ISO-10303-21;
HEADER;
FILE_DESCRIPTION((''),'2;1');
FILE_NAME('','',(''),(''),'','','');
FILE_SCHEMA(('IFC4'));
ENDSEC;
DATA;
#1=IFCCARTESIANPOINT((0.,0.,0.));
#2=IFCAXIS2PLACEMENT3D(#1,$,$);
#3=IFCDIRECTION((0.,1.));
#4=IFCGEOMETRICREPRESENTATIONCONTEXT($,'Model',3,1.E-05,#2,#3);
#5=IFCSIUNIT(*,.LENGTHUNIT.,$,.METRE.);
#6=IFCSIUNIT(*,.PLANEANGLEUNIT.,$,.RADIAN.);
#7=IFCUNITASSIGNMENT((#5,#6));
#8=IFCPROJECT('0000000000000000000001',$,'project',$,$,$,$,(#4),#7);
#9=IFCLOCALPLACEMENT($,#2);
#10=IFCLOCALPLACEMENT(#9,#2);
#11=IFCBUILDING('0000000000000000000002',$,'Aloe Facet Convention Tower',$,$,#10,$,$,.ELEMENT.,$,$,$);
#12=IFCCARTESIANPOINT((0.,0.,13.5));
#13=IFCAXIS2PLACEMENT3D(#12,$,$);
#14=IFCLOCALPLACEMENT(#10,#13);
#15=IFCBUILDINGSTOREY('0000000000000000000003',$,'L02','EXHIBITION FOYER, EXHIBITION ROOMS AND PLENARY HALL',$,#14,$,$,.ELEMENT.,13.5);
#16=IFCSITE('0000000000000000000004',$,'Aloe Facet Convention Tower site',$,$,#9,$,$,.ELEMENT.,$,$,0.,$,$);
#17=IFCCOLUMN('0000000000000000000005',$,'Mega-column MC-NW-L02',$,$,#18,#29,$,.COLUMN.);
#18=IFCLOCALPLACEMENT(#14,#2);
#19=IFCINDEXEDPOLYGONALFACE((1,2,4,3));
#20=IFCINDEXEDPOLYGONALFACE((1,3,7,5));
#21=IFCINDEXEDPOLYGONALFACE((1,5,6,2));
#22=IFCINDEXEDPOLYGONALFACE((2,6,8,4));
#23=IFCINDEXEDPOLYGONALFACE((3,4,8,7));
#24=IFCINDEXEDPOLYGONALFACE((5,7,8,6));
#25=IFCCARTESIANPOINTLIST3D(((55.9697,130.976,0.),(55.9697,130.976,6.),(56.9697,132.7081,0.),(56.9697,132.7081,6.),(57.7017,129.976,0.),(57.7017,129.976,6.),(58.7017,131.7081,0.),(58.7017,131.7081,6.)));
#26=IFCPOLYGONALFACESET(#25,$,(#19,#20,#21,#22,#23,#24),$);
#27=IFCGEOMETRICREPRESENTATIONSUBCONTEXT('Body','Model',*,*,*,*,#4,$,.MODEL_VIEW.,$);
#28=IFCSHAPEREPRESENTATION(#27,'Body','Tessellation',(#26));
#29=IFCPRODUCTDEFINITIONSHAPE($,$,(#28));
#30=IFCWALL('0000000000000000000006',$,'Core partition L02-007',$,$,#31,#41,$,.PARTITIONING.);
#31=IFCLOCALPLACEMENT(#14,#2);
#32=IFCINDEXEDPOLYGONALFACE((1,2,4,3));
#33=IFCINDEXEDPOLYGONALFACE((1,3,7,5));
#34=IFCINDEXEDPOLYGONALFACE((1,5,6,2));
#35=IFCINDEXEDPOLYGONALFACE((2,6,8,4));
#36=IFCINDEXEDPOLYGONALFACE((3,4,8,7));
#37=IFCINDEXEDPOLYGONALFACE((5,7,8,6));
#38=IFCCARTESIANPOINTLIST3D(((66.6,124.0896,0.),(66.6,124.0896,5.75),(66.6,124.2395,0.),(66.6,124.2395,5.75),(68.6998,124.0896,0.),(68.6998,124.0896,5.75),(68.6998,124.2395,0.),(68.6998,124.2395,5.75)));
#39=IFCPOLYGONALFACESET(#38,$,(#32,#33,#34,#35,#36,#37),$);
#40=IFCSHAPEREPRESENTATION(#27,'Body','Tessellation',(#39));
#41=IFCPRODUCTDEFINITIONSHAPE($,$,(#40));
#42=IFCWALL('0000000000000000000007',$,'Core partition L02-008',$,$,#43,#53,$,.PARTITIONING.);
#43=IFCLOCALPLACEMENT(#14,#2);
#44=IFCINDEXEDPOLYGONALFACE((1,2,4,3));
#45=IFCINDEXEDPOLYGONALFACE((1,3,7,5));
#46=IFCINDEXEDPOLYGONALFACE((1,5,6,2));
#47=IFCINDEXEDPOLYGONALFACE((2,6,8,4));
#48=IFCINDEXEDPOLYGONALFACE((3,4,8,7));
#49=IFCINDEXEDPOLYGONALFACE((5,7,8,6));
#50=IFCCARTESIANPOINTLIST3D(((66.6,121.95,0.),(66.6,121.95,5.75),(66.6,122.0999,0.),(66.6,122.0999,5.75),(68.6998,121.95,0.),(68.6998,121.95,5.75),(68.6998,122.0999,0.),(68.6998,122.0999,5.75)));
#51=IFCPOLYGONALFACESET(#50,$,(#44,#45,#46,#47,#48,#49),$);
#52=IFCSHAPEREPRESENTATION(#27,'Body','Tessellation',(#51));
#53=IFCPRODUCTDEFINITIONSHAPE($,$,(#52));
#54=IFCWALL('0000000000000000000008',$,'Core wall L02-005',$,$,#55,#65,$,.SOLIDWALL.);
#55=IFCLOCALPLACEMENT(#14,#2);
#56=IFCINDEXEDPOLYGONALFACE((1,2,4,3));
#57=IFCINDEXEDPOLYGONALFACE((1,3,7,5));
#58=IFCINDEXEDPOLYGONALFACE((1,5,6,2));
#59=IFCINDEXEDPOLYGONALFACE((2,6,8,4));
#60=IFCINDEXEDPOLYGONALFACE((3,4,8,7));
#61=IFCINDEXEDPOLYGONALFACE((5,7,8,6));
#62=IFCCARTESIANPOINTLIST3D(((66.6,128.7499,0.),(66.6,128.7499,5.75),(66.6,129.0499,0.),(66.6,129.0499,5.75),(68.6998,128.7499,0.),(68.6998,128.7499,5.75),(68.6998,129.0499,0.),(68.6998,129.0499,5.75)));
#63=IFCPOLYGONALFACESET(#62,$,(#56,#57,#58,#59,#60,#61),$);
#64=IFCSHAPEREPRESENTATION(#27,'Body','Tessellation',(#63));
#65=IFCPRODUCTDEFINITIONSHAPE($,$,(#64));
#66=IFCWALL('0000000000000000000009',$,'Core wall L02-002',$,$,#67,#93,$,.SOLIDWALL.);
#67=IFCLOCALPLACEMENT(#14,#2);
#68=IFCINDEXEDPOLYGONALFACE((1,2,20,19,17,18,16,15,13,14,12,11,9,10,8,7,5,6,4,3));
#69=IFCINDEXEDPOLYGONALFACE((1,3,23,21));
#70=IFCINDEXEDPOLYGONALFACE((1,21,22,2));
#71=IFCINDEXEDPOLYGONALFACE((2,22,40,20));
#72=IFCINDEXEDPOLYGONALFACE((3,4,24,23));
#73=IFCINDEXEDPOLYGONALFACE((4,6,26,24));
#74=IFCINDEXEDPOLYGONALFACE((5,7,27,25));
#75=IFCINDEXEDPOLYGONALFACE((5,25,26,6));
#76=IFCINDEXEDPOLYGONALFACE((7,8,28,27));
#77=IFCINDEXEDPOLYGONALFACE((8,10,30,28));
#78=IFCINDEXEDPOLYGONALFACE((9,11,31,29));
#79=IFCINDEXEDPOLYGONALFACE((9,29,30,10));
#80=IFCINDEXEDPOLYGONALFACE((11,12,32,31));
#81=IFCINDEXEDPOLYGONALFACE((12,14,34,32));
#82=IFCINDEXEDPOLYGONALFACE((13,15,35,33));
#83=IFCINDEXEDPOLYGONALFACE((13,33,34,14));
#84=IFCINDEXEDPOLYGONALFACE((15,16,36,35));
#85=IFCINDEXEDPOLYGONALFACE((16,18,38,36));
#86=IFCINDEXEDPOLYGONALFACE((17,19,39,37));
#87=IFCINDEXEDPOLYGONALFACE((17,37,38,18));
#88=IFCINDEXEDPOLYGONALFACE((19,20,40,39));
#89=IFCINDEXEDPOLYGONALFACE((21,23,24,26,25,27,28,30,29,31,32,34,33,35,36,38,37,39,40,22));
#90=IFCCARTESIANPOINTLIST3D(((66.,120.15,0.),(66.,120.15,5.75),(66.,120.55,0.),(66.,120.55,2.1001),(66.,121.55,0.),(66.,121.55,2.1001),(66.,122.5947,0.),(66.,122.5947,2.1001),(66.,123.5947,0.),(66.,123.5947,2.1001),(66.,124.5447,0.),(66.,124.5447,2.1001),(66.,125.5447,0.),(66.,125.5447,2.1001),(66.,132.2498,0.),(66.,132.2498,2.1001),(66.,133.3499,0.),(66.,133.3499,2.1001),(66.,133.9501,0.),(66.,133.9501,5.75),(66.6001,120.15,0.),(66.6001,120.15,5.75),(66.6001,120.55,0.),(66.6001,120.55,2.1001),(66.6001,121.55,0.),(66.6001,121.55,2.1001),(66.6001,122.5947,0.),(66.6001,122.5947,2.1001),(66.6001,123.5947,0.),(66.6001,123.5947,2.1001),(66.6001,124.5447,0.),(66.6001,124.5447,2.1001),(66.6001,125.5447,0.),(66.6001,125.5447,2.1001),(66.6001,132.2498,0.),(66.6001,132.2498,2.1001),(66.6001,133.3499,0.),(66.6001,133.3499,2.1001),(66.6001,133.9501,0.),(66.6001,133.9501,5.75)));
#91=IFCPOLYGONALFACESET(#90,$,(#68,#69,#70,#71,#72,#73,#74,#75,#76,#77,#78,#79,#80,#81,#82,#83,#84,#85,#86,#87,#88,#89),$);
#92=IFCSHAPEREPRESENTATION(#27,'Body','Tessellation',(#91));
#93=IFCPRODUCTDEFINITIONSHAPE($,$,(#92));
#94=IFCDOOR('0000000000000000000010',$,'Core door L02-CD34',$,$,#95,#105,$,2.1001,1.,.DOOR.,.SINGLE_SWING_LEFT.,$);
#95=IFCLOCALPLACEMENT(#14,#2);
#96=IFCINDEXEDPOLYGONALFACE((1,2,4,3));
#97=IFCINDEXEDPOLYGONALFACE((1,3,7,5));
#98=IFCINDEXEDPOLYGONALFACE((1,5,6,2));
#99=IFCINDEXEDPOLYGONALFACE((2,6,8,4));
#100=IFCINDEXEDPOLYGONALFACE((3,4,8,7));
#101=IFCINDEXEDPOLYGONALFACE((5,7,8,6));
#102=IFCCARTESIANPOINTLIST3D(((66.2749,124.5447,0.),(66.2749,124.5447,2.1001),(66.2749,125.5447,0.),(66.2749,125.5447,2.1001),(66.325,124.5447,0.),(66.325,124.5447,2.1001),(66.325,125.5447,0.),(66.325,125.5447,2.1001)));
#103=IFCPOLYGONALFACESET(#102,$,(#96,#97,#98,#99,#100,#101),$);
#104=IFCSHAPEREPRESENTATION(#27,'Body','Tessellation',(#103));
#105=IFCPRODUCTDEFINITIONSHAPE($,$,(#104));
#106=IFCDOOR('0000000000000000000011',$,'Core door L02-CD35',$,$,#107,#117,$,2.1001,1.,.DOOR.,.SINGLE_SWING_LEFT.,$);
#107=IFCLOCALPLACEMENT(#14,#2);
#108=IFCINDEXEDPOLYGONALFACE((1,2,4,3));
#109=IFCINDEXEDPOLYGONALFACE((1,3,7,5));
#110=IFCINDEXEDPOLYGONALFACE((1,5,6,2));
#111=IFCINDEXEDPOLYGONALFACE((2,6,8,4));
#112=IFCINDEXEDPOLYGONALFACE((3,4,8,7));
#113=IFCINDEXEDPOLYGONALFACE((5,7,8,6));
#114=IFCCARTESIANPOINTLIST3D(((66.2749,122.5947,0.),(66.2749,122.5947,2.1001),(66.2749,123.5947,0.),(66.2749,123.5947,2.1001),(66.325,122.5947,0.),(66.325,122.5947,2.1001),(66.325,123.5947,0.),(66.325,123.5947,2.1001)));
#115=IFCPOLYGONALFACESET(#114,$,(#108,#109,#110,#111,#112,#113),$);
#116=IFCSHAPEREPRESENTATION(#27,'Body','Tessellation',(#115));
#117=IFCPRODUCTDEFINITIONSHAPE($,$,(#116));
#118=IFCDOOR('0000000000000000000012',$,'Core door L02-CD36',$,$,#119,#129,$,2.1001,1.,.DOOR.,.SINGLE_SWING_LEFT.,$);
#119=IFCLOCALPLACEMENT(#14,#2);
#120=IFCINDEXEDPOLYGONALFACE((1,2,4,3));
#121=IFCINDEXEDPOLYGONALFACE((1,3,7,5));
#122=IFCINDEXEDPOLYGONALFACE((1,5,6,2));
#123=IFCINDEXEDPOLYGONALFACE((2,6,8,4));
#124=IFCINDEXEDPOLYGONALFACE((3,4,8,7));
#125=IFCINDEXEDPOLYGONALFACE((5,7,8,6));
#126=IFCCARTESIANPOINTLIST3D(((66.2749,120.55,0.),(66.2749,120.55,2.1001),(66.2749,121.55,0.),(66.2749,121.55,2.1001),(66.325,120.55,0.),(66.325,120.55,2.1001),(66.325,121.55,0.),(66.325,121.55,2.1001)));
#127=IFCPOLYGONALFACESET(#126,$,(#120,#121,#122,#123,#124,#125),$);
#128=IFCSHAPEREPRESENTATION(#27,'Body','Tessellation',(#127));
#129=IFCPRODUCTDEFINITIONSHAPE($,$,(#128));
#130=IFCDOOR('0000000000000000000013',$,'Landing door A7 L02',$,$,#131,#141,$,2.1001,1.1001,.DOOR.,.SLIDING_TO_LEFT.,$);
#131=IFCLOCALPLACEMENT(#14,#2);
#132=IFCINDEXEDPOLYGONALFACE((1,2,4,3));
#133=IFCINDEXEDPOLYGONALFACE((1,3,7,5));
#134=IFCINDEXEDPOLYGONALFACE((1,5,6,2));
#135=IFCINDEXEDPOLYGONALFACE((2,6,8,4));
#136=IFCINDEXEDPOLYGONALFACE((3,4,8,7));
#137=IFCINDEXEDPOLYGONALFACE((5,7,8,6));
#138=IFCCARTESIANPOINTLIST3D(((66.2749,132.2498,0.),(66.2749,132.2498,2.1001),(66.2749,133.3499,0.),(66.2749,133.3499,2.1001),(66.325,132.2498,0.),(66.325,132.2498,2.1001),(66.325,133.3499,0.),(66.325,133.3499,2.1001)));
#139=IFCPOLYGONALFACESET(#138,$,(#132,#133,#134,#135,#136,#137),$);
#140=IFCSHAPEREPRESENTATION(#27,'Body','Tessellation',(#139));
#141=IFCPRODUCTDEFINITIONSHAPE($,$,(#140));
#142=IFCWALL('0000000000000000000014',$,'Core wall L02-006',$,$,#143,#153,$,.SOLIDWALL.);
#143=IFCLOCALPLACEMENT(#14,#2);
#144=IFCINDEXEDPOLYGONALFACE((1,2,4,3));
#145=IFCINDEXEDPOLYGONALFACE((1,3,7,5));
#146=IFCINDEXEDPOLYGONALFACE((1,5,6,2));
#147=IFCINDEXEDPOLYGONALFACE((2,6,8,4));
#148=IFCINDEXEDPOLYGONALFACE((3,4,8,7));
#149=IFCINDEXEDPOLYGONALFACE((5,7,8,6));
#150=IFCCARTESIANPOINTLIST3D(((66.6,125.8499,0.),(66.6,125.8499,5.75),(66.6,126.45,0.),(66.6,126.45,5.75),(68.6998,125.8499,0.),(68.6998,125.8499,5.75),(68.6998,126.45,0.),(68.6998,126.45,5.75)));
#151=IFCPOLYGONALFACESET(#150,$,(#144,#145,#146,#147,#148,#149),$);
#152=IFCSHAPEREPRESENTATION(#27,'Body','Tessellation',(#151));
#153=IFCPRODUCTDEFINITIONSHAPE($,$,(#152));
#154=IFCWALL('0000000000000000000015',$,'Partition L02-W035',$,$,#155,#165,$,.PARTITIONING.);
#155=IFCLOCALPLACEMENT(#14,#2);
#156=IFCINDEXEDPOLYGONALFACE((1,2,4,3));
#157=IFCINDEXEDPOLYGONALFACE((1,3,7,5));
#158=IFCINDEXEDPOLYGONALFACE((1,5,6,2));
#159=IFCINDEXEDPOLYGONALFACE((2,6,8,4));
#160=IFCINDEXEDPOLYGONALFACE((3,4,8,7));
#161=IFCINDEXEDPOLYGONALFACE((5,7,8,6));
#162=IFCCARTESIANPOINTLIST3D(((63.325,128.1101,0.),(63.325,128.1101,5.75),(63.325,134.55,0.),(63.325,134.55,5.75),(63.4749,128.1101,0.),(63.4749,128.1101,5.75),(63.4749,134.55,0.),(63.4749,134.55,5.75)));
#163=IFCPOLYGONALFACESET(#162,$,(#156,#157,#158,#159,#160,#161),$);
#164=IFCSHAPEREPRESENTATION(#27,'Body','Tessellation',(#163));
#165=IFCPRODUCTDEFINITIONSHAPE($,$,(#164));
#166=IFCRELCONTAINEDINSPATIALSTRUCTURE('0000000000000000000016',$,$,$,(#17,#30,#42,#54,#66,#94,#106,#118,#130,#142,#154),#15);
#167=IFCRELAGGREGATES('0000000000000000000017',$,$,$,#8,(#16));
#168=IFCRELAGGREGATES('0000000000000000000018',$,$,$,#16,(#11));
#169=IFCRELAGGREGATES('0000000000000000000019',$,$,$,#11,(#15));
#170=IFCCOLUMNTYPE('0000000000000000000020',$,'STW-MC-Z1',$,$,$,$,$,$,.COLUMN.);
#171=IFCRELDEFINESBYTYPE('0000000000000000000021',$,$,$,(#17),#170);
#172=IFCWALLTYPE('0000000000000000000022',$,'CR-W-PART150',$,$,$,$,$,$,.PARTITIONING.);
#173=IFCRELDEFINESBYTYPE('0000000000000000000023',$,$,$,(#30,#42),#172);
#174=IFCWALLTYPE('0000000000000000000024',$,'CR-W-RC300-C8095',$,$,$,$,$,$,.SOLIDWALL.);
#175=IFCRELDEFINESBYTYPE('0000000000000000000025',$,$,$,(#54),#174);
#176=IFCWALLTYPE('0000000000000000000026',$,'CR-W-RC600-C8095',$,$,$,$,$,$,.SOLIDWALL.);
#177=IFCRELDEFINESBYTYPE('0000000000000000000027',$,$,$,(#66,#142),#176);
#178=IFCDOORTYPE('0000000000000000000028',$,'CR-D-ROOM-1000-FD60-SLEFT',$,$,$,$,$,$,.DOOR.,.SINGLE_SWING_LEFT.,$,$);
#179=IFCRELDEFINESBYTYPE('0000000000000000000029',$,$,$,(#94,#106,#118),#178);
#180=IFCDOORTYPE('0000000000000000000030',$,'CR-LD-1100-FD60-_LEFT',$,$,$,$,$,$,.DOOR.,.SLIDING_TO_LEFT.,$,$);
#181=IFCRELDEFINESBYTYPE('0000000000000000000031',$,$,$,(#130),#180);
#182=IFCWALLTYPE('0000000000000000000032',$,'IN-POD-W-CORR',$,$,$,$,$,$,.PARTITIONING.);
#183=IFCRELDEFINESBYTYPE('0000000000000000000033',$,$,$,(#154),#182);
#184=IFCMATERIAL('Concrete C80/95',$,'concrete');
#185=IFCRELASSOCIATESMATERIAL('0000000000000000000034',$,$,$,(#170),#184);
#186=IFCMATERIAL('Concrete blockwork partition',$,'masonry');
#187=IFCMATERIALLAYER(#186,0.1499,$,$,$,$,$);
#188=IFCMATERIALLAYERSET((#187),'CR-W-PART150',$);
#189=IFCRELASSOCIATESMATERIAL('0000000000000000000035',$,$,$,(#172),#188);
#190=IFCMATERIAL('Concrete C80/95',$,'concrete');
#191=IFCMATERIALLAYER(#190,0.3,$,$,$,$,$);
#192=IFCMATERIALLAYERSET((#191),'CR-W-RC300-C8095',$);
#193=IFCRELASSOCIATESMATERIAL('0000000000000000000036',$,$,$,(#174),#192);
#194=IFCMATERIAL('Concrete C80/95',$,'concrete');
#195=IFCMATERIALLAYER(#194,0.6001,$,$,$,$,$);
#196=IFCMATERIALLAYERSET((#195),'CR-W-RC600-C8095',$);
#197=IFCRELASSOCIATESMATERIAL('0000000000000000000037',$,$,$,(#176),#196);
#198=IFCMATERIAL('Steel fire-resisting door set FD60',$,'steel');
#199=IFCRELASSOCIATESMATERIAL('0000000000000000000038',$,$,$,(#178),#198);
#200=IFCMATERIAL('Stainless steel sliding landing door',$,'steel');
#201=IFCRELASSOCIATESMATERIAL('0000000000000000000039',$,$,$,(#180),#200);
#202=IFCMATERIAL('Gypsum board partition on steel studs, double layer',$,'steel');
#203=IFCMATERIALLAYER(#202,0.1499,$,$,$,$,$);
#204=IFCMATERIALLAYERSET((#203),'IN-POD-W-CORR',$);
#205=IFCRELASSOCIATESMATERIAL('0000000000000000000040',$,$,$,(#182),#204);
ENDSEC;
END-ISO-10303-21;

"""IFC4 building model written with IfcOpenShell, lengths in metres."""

from ifc_helpers import new_model, si_unit, direction, frame, frame_2d, origin, origin_2d, place, context, subcontext, project, spatial, rectangle, extrude, material, layer, layer_set, material_profile, profile_set, type_object, element, fill, save


model = new_model("IFC4")

# Units and contexts
model_context = context("Model", 3, precision=1e-05, world=origin(), true_north=direction((0.0, 1.0)))
body_context = subcontext(model_context, "Body", "Model", "MODEL_VIEW")
ifc_project = project(units=[si_unit("LENGTHUNIT", "METRE"), si_unit("PLANEANGLEUNIT", "RADIAN")], contexts=[model_context])

# Site, building, storey
site_placement = place(None, origin())
site = spatial("IfcSite", under=ifc_project, at=site_placement, Name="Aloe Facet Convention Tower site", CompositionType="ELEMENT", RefElevation=0.0)
building_placement = place(site_placement, origin())
building = spatial("IfcBuilding", under=site, at=building_placement, Name="Aloe Facet Convention Tower", CompositionType="ELEMENT")
storey_placement = place(building_placement, frame((0.0, 0.0, 13.5)))
storey = spatial("IfcBuildingStorey", under=building, at=storey_placement, Name="L02", Description="EXHIBITION FOYER, EXHIBITION ROOMS AND PLENARY HALL", CompositionType="ELEMENT", Elevation=13.5)

# Column
ifc_material_1 = material(Name="Concrete C80/95", Category="concrete")
ifc_material_profile = material_profile(ifc_material_1, rectangle(XDim=2.0, YDim=2.0, at=origin_2d()), Name="STW-MC-Z1")
ifc_profile_set = profile_set([ifc_material_profile], Name="Concrete C80/95")
column_type = type_object("IfcColumnType", Name="STW-MC-Z1", PredefinedType="COLUMN", material=ifc_profile_set)
column_placement = place(storey_placement, frame((57.3357, 131.342, 0.0), z_axis=(0.0, 0.0, 1.0), x_axis=(-0.5, -0.866025, 0.0)))
element("IfcColumn", 1, at=column_placement, inside=storey, type_object=column_type, Name="Mega-column MC-NW-L02", PredefinedType="COLUMN", context=body_context, shape_type="SweptSolid", body=[
    extrude(rectangle(XDim=2.0, YDim=2.0, at=origin_2d()), origin(), (0.0, 0.0, 1.0), 6.0),
])

# Walls
ifc_material_2 = material(Name="Concrete blockwork partition", Category="masonry")
ifc_layer_1 = layer(ifc_material_2, 0.1499)
ifc_layer_set_1 = layer_set([ifc_layer_1], Name="CR-W-PART150")
wall_type_1 = type_object("IfcWallType", Name="CR-W-PART150", PredefinedType="PARTITIONING", material=ifc_layer_set_1)
for number, where, z_axis, x_axis, name in (
    (2, (66.6001, 124.1646, 0.0), (0.0, 0.0, 1.0), (1.0, 0.0, 0.0), "Core partition L02-007"),
    (3, (66.6001, 122.0249, 0.0), (0.0, 0.0, 1.0), (1.0, 0.0, 0.0), "Core partition L02-008"),
):
    element("IfcWall", number, at=place(storey_placement, frame(where, z_axis=z_axis, x_axis=x_axis)), inside=storey, type_object=wall_type_1, Name=name, PredefinedType="PARTITIONING", context=body_context, shape_type="SweptSolid", body=[
        extrude(rectangle(XDim=2.0999, YDim=0.1499, at=frame_2d((1.0498, 0.0))), origin(), (0.0, 0.0, 1.0), 5.75),
    ])
ifc_material_3 = material(Name="Concrete C80/95", Category="concrete")
ifc_layer_2 = layer(ifc_material_3, 0.3)
ifc_layer_set_2 = layer_set([ifc_layer_2], Name="CR-W-RC300-C8095")
wall_type_2 = type_object("IfcWallType", Name="CR-W-RC300-C8095", PredefinedType="SOLIDWALL", material=ifc_layer_set_2)
wall_1_placement = place(storey_placement, frame((66.6001, 128.8999, 0.0), z_axis=(0.0, 0.0, 1.0), x_axis=(1.0, 0.0, 0.0)))
element("IfcWall", 4, at=wall_1_placement, inside=storey, type_object=wall_type_2, Name="Core wall L02-005", PredefinedType="SOLIDWALL", context=body_context, shape_type="SweptSolid", body=[
    extrude(rectangle(XDim=2.0999, YDim=0.3, at=frame_2d((1.0498, 0.0))), origin(), (0.0, 0.0, 1.0), 5.75),
])

# Wall, openings, doors
ifc_material_4 = material(Name="Concrete C80/95", Category="concrete")
ifc_layer_3 = layer(ifc_material_4, 0.6001)
ifc_layer_set_3 = layer_set([ifc_layer_3], Name="CR-W-RC600-C8095")
wall_type_3 = type_object("IfcWallType", Name="CR-W-RC600-C8095", PredefinedType="SOLIDWALL", material=ifc_layer_set_3)
wall_2_placement = place(storey_placement, frame((66.3, 133.95, 0.0), z_axis=(0.0, 0.0, 1.0), x_axis=(0.0, -1.0, 0.0)))
wall_2 = element("IfcWall", 5, at=wall_2_placement, inside=storey, type_object=wall_type_3, Name="Core wall L02-002", PredefinedType="SOLIDWALL", context=body_context, shape_type="SweptSolid", body=[
    extrude(rectangle(XDim=13.8, YDim=0.6001, at=frame_2d((6.8999, 0.0))), origin(), (0.0, 0.0, 1.0), 5.75),
])
opening_1_placement = place(wall_2_placement, frame((0.6001, 0.0, 0.0)))
opening_1 = element("IfcOpeningElement", 6, at=opening_1_placement, cuts=wall_2, PredefinedType="OPENING", context=body_context, shape_type="SweptSolid", body=[
    extrude(rectangle(XDim=1.1001, YDim=2.1001, at=frame_2d((0.55, 1.05))), frame((0.0, 0.3101, 0.0), z_axis=(0.0, -1.0, 0.0), x_axis=(1.0, 0.0, 0.0)), (0.0, 0.0, 1.0), 0.6201),
])
opening_2_placement = place(wall_2_placement, frame((8.4053, 0.0, 0.0)))
opening_2 = element("IfcOpeningElement", 7, at=opening_2_placement, cuts=wall_2, PredefinedType="OPENING", context=body_context, shape_type="SweptSolid", body=[
    extrude(rectangle(XDim=1.0, YDim=2.1001, at=frame_2d((0.5, 1.05))), frame((0.0, 0.3101, 0.0), z_axis=(0.0, -1.0, 0.0), x_axis=(1.0, 0.0, 0.0)), (0.0, 0.0, 1.0), 0.6201),
])
opening_3_placement = place(wall_2_placement, frame((10.3552, 0.0, 0.0)))
opening_3 = element("IfcOpeningElement", 8, at=opening_3_placement, cuts=wall_2, PredefinedType="OPENING", context=body_context, shape_type="SweptSolid", body=[
    extrude(rectangle(XDim=1.0, YDim=2.1001, at=frame_2d((0.5, 1.05))), frame((0.0, 0.3101, 0.0), z_axis=(0.0, -1.0, 0.0), x_axis=(1.0, 0.0, 0.0)), (0.0, 0.0, 1.0), 0.6201),
])
opening_4_placement = place(wall_2_placement, frame((12.3999, 0.0, 0.0)))
opening_4 = element("IfcOpeningElement", 9, at=opening_4_placement, cuts=wall_2, PredefinedType="OPENING", context=body_context, shape_type="SweptSolid", body=[
    extrude(rectangle(XDim=1.0, YDim=2.1001, at=frame_2d((0.5, 1.05))), frame((0.0, 0.3101, 0.0), z_axis=(0.0, -1.0, 0.0), x_axis=(1.0, 0.0, 0.0)), (0.0, 0.0, 1.0), 0.6201),
])
ifc_material_5 = material(Name="Steel fire-resisting door set FD60", Category="steel")
door_type_1 = type_object("IfcDoorType", Name="CR-D-ROOM-1000-FD60-SLEFT", OperationType="SINGLE_SWING_LEFT", PredefinedType="DOOR", material=ifc_material_5)
door_1_placement = place(opening_2_placement, origin())
door_1 = element("IfcDoor", 10, at=door_1_placement, inside=storey, type_object=door_type_1, Name="Core door L02-CD34", OperationType="SINGLE_SWING_LEFT", OverallHeight=2.1001, OverallWidth=1.0, PredefinedType="DOOR", context=body_context, shape_type="SweptSolid", body=[
    extrude(rectangle(XDim=1.0, YDim=2.1001, at=frame_2d((0.5, 1.05))), frame((0.0, 0.0249, 0.0), z_axis=(0.0, -1.0, 0.0), x_axis=(1.0, 0.0, 0.0)), (0.0, 0.0, 1.0), 0.05),
])
fill(opening_2, door_1)
door_2_placement = place(opening_3_placement, origin())
door_2 = element("IfcDoor", 11, at=door_2_placement, inside=storey, type_object=door_type_1, Name="Core door L02-CD35", OperationType="SINGLE_SWING_LEFT", OverallHeight=2.1001, OverallWidth=1.0, PredefinedType="DOOR", context=body_context, shape_type="SweptSolid", body=[
    extrude(rectangle(XDim=1.0, YDim=2.1001, at=frame_2d((0.5, 1.05))), frame((0.0, 0.0249, 0.0), z_axis=(0.0, -1.0, 0.0), x_axis=(1.0, 0.0, 0.0)), (0.0, 0.0, 1.0), 0.05),
])
fill(opening_3, door_2)
door_3_placement = place(opening_4_placement, origin())
door_3 = element("IfcDoor", 12, at=door_3_placement, inside=storey, type_object=door_type_1, Name="Core door L02-CD36", OperationType="SINGLE_SWING_LEFT", OverallHeight=2.1001, OverallWidth=1.0, PredefinedType="DOOR", context=body_context, shape_type="SweptSolid", body=[
    extrude(rectangle(XDim=1.0, YDim=2.1001, at=frame_2d((0.5, 1.05))), frame((0.0, 0.0249, 0.0), z_axis=(0.0, -1.0, 0.0), x_axis=(1.0, 0.0, 0.0)), (0.0, 0.0, 1.0), 0.05),
])
fill(opening_4, door_3)
ifc_material_6 = material(Name="Stainless steel sliding landing door", Category="steel")
door_type_2 = type_object("IfcDoorType", Name="CR-LD-1100-FD60-_LEFT", OperationType="SLIDING_TO_LEFT", PredefinedType="DOOR", material=ifc_material_6)
door_4_placement = place(opening_1_placement, origin())
door_4 = element("IfcDoor", 13, at=door_4_placement, inside=storey, type_object=door_type_2, Name="Landing door A7 L02", OperationType="SLIDING_TO_LEFT", OverallHeight=2.1001, OverallWidth=1.1001, PredefinedType="DOOR", context=body_context, shape_type="SweptSolid", body=[
    extrude(rectangle(XDim=1.1001, YDim=2.1001, at=frame_2d((0.55, 1.05))), frame((0.0, 0.0249, 0.0), z_axis=(0.0, -1.0, 0.0), x_axis=(1.0, 0.0, 0.0)), (0.0, 0.0, 1.0), 0.05),
])
fill(opening_1, door_4)

# Walls
wall_3_placement = place(storey_placement, frame((66.6001, 126.1499, 0.0), z_axis=(0.0, 0.0, 1.0), x_axis=(1.0, 0.0, 0.0)))
element("IfcWall", 14, at=wall_3_placement, inside=storey, type_object=wall_type_3, Name="Core wall L02-006", PredefinedType="SOLIDWALL", context=body_context, shape_type="SweptSolid", body=[
    extrude(rectangle(XDim=2.0999, YDim=0.6001, at=frame_2d((1.0498, 0.0))), origin(), (0.0, 0.0, 1.0), 5.75),
])
ifc_material_7 = material(Name="Gypsum board partition on steel studs, double layer", Category="steel")
ifc_layer_4 = layer(ifc_material_7, 0.1499)
ifc_layer_set_4 = layer_set([ifc_layer_4], Name="IN-POD-W-CORR")
wall_type_4 = type_object("IfcWallType", Name="IN-POD-W-CORR", PredefinedType="PARTITIONING", material=ifc_layer_set_4)
wall_4_placement = place(storey_placement, frame((63.3999, 128.1101, 0.0), z_axis=(0.0, 0.0, 1.0), x_axis=(0.0, 1.0, 0.0)))
element("IfcWall", 15, at=wall_4_placement, inside=storey, type_object=wall_type_4, Name="Partition L02-W035", PredefinedType="PARTITIONING", context=body_context, shape_type="SweptSolid", body=[
    extrude(rectangle(XDim=6.4399, YDim=0.1499, at=frame_2d((3.22, 0.0))), origin(), (0.0, 0.0, 1.0), 5.75),
])

save(model, "model.ifc")
